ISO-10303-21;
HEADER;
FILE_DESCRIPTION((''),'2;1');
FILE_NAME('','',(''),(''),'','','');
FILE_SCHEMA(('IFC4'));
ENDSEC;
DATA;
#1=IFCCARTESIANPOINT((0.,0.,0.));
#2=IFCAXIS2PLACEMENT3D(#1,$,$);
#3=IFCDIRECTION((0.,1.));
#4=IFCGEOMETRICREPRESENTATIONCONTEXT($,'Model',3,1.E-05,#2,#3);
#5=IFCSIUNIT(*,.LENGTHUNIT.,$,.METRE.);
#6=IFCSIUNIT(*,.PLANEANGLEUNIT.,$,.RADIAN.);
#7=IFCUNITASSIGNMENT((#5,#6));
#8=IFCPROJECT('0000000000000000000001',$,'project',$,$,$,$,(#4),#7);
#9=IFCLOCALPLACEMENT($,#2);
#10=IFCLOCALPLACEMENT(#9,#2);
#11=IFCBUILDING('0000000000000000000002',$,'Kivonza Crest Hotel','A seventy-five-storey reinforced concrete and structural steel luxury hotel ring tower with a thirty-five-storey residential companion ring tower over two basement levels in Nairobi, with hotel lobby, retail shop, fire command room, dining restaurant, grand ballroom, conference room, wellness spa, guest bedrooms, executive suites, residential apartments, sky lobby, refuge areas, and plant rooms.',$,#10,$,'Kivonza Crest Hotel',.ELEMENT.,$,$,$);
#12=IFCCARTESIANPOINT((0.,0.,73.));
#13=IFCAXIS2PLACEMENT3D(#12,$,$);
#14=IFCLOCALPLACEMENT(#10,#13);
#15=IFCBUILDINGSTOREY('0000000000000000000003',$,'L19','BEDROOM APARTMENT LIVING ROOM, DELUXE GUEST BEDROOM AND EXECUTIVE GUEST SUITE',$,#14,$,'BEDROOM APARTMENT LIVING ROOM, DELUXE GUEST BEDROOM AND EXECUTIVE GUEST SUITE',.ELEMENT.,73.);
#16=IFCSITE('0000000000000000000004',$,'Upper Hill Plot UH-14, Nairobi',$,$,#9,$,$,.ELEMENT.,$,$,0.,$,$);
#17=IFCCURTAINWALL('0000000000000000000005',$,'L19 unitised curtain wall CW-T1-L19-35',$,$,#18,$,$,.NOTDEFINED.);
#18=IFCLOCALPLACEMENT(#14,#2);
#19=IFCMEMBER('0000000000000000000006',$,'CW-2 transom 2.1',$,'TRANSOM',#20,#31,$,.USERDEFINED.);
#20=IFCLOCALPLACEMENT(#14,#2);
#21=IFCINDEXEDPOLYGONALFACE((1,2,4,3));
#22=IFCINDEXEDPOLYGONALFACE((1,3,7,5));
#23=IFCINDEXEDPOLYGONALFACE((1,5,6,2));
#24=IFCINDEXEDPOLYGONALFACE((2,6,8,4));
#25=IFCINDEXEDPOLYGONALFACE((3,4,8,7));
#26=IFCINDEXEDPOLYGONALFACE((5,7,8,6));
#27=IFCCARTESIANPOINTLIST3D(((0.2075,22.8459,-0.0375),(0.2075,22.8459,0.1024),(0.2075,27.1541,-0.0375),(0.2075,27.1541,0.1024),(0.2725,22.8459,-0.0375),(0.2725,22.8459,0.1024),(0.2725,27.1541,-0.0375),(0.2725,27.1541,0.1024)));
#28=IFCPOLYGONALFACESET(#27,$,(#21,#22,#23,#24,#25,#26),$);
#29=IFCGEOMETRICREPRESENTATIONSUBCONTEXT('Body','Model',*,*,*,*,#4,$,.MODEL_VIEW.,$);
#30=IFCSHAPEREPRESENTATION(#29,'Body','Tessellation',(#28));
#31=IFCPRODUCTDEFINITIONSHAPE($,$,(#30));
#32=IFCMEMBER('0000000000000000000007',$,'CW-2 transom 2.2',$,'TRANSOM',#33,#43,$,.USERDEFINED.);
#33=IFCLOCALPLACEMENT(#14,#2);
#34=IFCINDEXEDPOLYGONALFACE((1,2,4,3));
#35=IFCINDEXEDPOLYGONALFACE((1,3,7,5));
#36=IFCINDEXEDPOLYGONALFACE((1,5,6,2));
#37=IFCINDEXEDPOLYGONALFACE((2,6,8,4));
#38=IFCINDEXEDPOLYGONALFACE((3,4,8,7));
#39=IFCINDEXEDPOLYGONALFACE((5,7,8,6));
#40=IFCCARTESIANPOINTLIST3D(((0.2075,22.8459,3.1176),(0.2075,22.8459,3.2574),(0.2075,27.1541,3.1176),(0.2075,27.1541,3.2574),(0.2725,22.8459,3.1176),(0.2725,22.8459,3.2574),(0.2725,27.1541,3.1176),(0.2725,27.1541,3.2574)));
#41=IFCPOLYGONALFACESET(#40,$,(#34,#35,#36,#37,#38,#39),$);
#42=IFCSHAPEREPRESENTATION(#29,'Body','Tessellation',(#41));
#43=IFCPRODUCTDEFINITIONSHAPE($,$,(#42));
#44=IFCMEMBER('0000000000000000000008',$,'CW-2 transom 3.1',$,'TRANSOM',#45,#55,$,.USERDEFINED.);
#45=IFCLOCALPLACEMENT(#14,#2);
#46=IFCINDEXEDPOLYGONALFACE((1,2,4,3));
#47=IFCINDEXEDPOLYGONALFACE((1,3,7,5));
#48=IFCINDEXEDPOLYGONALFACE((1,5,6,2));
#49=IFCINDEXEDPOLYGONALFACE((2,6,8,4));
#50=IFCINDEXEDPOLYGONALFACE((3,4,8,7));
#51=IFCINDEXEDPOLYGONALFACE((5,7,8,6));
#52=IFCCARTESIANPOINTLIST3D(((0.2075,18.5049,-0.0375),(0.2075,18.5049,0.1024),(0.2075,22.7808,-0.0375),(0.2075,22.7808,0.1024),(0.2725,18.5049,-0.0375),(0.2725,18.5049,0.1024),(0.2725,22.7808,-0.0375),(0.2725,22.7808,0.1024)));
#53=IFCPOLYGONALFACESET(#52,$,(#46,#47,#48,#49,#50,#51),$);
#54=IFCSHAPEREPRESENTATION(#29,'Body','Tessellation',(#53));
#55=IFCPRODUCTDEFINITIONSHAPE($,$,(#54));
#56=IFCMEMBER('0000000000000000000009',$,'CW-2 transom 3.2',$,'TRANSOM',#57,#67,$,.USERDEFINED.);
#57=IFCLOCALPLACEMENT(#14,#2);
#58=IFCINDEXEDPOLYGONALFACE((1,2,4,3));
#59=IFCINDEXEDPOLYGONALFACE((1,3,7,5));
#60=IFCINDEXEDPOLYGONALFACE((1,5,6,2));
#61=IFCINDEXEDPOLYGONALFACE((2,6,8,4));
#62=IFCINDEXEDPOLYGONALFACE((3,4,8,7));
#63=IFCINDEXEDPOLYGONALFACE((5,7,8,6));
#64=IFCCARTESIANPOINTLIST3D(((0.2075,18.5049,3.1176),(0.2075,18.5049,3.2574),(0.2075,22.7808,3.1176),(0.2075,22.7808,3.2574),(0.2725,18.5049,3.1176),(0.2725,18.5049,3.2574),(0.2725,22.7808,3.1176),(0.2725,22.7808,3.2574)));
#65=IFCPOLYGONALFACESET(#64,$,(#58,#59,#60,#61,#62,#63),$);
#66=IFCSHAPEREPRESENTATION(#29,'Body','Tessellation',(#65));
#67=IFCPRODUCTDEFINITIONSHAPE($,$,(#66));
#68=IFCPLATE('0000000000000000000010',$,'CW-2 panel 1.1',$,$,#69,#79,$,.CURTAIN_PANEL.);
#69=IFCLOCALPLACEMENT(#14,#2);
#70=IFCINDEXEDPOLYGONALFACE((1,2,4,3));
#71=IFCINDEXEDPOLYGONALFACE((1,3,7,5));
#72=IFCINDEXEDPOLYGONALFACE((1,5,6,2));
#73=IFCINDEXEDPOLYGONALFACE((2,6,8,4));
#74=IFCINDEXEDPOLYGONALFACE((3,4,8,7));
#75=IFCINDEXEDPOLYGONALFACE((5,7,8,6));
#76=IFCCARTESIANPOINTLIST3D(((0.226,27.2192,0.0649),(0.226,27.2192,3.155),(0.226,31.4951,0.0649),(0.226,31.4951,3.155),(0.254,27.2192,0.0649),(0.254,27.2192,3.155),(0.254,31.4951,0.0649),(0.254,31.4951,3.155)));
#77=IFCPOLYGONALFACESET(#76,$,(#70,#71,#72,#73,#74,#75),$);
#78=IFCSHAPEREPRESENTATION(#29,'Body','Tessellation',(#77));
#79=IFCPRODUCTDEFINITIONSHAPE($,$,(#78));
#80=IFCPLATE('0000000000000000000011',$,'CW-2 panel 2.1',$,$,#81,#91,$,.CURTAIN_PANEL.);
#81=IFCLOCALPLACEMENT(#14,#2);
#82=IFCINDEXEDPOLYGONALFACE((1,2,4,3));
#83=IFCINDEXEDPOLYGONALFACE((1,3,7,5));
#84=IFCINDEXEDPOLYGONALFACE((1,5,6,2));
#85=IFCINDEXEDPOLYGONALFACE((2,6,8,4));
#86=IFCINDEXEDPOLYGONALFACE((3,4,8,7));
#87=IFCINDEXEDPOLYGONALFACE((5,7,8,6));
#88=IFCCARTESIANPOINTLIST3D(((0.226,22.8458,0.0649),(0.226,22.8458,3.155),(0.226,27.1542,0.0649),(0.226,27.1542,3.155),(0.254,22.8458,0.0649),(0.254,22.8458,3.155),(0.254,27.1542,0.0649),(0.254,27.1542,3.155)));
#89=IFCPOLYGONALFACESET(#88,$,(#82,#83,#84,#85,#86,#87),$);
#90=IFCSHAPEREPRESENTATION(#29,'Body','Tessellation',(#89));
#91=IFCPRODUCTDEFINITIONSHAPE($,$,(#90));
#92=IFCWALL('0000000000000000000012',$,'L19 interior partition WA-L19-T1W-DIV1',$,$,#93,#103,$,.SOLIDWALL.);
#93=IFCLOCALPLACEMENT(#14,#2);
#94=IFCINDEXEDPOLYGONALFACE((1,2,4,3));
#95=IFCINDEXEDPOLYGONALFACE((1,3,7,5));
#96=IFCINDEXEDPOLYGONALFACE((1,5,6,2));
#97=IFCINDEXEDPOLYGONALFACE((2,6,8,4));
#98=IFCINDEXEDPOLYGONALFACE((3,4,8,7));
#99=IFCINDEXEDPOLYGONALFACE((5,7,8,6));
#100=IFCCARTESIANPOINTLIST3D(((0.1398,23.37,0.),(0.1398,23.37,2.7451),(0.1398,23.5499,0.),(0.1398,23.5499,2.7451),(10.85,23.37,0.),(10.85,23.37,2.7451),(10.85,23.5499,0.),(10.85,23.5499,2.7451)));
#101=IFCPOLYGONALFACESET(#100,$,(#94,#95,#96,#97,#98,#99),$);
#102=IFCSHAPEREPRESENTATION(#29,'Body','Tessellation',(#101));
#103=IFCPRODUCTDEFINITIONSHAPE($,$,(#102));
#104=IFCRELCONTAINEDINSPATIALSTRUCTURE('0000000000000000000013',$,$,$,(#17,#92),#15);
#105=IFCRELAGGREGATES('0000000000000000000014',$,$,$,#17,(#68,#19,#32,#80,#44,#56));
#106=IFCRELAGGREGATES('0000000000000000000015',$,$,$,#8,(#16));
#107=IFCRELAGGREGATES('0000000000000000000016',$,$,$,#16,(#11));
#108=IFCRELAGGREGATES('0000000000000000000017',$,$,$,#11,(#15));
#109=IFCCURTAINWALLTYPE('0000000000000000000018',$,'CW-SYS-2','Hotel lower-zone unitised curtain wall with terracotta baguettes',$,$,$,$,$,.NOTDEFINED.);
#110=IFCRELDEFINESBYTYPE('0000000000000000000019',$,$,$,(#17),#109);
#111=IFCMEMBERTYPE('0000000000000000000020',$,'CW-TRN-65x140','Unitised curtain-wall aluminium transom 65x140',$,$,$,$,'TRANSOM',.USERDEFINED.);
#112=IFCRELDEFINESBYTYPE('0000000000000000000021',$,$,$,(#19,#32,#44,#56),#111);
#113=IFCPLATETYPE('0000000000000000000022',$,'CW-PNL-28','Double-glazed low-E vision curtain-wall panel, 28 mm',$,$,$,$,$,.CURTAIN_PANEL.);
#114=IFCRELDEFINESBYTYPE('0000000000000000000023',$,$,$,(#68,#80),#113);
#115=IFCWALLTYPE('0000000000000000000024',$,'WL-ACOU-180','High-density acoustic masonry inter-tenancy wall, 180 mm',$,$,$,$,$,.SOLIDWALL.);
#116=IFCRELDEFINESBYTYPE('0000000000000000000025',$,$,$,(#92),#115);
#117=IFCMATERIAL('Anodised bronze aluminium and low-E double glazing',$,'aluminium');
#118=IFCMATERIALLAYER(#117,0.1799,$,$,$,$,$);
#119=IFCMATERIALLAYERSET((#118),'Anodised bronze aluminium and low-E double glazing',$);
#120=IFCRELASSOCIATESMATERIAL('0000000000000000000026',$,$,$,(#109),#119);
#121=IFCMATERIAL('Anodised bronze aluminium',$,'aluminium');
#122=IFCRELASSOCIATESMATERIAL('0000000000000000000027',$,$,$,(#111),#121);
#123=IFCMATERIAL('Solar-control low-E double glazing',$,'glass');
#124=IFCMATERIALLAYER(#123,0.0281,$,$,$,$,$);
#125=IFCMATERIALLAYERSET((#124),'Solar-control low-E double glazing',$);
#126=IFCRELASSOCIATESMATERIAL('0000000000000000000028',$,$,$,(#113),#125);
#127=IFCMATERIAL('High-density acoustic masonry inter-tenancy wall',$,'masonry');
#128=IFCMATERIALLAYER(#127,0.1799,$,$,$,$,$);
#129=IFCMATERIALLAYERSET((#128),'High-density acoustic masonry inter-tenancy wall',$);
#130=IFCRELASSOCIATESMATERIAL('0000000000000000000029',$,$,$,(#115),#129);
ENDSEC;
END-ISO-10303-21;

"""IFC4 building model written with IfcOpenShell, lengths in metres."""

from ifc_helpers import new_model, si_unit, direction, frame, frame_2d, origin, origin_2d, place, context, subcontext, project, spatial, rectangle, extrude, material, layer, layer_set, material_profile, profile_set, type_object, element, aggregate, save


model = new_model("IFC4")

# Units and contexts
model_context = context("Model", 3, precision=1e-05, world=origin(), true_north=direction((0.0, 1.0)))
body_context = subcontext(model_context, "Body", "Model", "MODEL_VIEW")
ifc_project = project(units=[si_unit("LENGTHUNIT", "METRE"), si_unit("PLANEANGLEUNIT", "RADIAN")], contexts=[model_context])

# Site, building, storey
site_placement = place(None, origin())
site = spatial("IfcSite", under=ifc_project, at=site_placement, Name="Upper Hill Plot UH-14, Nairobi", CompositionType="ELEMENT", RefElevation=0.0)
building_placement = place(site_placement, origin())
building = spatial("IfcBuilding", under=site, at=building_placement, Name="Kivonza Crest Hotel", Description="A seventy-five-storey reinforced concrete and structural steel luxury hotel ring tower with a thirty-five-storey residential companion ring tower over two basement levels in Nairobi, with hotel lobby, retail shop, fire command room, dining restaurant, grand ballroom, conference room, wellness spa, guest bedrooms, executive suites, residential apartments, sky lobby, refuge areas, and plant rooms.", LongName="Kivonza Crest Hotel", CompositionType="ELEMENT")
storey_placement = place(building_placement, frame((0.0, 0.0, 73.0)))
storey = spatial("IfcBuildingStorey", under=building, at=storey_placement, Name="L19", Description="BEDROOM APARTMENT LIVING ROOM, DELUXE GUEST BEDROOM AND EXECUTIVE GUEST SUITE", LongName="BEDROOM APARTMENT LIVING ROOM, DELUXE GUEST BEDROOM AND EXECUTIVE GUEST SUITE", CompositionType="ELEMENT", Elevation=73.0)

# Curtain wall, members, plates
ifc_material_1 = material(Name="Anodised bronze aluminium and low-E double glazing", Category="aluminium")
ifc_layer_1 = layer(ifc_material_1, 0.1799)
ifc_layer_set_1 = layer_set([ifc_layer_1], Name="Anodised bronze aluminium and low-E double glazing")
curtain_wall_type = type_object("IfcCurtainWallType", Name="CW-SYS-2", Description="Hotel lower-zone unitised curtain wall with terracotta baguettes", PredefinedType="NOTDEFINED", material=ifc_layer_set_1)
curtain_wall_placement = place(storey_placement, origin())
curtain_wall = element("IfcCurtainWall", 1, at=curtain_wall_placement, inside=storey, type_object=curtain_wall_type, Name="L19 unitised curtain wall CW-T1-L19-35", PredefinedType="NOTDEFINED")
ifc_material_2 = material(Name="Anodised bronze aluminium", Category="aluminium")
ifc_material_profile_1 = material_profile(ifc_material_2, rectangle(XDim=0.0649, YDim=0.1399, at=origin_2d()), Name="CW-T 65x140")
ifc_profile_set_1 = profile_set([ifc_material_profile_1], Name="Anodised bronze aluminium")
member_type_1 = type_object("IfcMemberType", Name="CW-TRN-65x140", Description="Unitised curtain-wall aluminium transom 65x140", ElementType="TRANSOM", PredefinedType="USERDEFINED", material=ifc_profile_set_1)
member_1_placement = place(storey_placement, frame((0.24, 27.1541, 0.0325), z_axis=(0.0, -1.0, 0.0), x_axis=(1.0, 0.0, 0.0)))
member_1 = element("IfcMember", 2, at=member_1_placement, type_object=member_type_1, Name="CW-2 transom 2.1", ObjectType="TRANSOM", PredefinedType="USERDEFINED", context=body_context, shape_type="SweptSolid", body=[
    extrude(rectangle(XDim=0.0649, YDim=0.1399, at=origin_2d()), origin(), (0.0, 0.0, 1.0), 4.3081),
])
member_2_placement = place(storey_placement, frame((0.24, 27.1541, 3.1875), z_axis=(0.0, -1.0, 0.0), x_axis=(1.0, 0.0, 0.0)))
member_2 = element("IfcMember", 3, at=member_2_placement, type_object=member_type_1, Name="CW-2 transom 2.2", ObjectType="TRANSOM", PredefinedType="USERDEFINED", context=body_context, shape_type="SweptSolid", body=[
    extrude(rectangle(XDim=0.0649, YDim=0.1399, at=origin_2d()), origin(), (0.0, 0.0, 1.0), 4.3081),
])
member_3_placement = place(storey_placement, frame((0.24, 22.7808, 0.0325), z_axis=(0.0, -1.0, 0.0), x_axis=(1.0, 0.0, 0.0)))
member_3 = element("IfcMember", 4, at=member_3_placement, type_object=member_type_1, Name="CW-2 transom 3.1", ObjectType="TRANSOM", PredefinedType="USERDEFINED", context=body_context, shape_type="SweptSolid", body=[
    extrude(rectangle(XDim=0.0649, YDim=0.1399, at=origin_2d()), origin(), (0.0, 0.0, 1.0), 4.2759),
])
member_4_placement = place(storey_placement, frame((0.24, 22.7808, 3.1875), z_axis=(0.0, -1.0, 0.0), x_axis=(1.0, 0.0, 0.0)))
member_4 = element("IfcMember", 5, at=member_4_placement, type_object=member_type_1, Name="CW-2 transom 3.2", ObjectType="TRANSOM", PredefinedType="USERDEFINED", context=body_context, shape_type="SweptSolid", body=[
    extrude(rectangle(XDim=0.0649, YDim=0.1399, at=origin_2d()), origin(), (0.0, 0.0, 1.0), 4.2759),
])
ifc_material_3 = material(Name="Solar-control low-E double glazing", Category="glass")
ifc_layer_2 = layer(ifc_material_3, 0.0281)
ifc_layer_set_2 = layer_set([ifc_layer_2], Name="Solar-control low-E double glazing")
plate_type = type_object("IfcPlateType", Name="CW-PNL-28", Description="Double-glazed low-E vision curtain-wall panel, 28 mm", PredefinedType="CURTAIN_PANEL", material=ifc_layer_set_2)
plate_1_placement = place(storey_placement, frame((0.24, 29.3572, 0.0649), z_axis=(0.0, 0.0, 1.0), x_axis=(0.0, -1.0, 0.0)))
plate_1 = element("IfcPlate", 6, at=plate_1_placement, type_object=plate_type, Name="CW-2 panel 1.1", PredefinedType="CURTAIN_PANEL", context=body_context, shape_type="SweptSolid", body=[
    extrude(rectangle(XDim=4.2759, YDim=0.0281, at=origin_2d()), origin(), (0.0, 0.0, 1.0), 3.0901),
])
plate_2_placement = place(storey_placement, frame((0.24, 25.0, 0.0649), z_axis=(0.0, 0.0, 1.0), x_axis=(0.0, -1.0, 0.0)))
plate_2 = element("IfcPlate", 7, at=plate_2_placement, type_object=plate_type, Name="CW-2 panel 2.1", PredefinedType="CURTAIN_PANEL", context=body_context, shape_type="SweptSolid", body=[
    extrude(rectangle(XDim=4.3083, YDim=0.0281, at=origin_2d()), origin(), (0.0, 0.0, 1.0), 3.0901),
])
aggregate(curtain_wall, [plate_1, member_1, member_2, plate_2, member_3, member_4])

# Wall
ifc_material_4 = material(Name="High-density acoustic masonry inter-tenancy wall", Category="masonry")
ifc_layer_3 = layer(ifc_material_4, 0.1799)
ifc_layer_set_3 = layer_set([ifc_layer_3], Name="High-density acoustic masonry inter-tenancy wall")
wall_type = type_object("IfcWallType", Name="WL-ACOU-180", Description="High-density acoustic masonry inter-tenancy wall, 180 mm", PredefinedType="SOLIDWALL", material=ifc_layer_set_3)
wall_placement = place(storey_placement, frame((0.1399, 23.46, 0.0), z_axis=(0.0, 0.0, 1.0), x_axis=(1.0, 0.0, 0.0)))
element("IfcWall", 8, at=wall_placement, inside=storey, type_object=wall_type, Name="L19 interior partition WA-L19-T1W-DIV1", PredefinedType="SOLIDWALL", context=body_context, shape_type="SweptSolid", body=[
    extrude(rectangle(XDim=10.7102, YDim=0.1799, at=frame_2d((5.355, 0.0))), origin(), (0.0, 0.0, 1.0), 2.7451),
])

save(model, "model.ifc")
